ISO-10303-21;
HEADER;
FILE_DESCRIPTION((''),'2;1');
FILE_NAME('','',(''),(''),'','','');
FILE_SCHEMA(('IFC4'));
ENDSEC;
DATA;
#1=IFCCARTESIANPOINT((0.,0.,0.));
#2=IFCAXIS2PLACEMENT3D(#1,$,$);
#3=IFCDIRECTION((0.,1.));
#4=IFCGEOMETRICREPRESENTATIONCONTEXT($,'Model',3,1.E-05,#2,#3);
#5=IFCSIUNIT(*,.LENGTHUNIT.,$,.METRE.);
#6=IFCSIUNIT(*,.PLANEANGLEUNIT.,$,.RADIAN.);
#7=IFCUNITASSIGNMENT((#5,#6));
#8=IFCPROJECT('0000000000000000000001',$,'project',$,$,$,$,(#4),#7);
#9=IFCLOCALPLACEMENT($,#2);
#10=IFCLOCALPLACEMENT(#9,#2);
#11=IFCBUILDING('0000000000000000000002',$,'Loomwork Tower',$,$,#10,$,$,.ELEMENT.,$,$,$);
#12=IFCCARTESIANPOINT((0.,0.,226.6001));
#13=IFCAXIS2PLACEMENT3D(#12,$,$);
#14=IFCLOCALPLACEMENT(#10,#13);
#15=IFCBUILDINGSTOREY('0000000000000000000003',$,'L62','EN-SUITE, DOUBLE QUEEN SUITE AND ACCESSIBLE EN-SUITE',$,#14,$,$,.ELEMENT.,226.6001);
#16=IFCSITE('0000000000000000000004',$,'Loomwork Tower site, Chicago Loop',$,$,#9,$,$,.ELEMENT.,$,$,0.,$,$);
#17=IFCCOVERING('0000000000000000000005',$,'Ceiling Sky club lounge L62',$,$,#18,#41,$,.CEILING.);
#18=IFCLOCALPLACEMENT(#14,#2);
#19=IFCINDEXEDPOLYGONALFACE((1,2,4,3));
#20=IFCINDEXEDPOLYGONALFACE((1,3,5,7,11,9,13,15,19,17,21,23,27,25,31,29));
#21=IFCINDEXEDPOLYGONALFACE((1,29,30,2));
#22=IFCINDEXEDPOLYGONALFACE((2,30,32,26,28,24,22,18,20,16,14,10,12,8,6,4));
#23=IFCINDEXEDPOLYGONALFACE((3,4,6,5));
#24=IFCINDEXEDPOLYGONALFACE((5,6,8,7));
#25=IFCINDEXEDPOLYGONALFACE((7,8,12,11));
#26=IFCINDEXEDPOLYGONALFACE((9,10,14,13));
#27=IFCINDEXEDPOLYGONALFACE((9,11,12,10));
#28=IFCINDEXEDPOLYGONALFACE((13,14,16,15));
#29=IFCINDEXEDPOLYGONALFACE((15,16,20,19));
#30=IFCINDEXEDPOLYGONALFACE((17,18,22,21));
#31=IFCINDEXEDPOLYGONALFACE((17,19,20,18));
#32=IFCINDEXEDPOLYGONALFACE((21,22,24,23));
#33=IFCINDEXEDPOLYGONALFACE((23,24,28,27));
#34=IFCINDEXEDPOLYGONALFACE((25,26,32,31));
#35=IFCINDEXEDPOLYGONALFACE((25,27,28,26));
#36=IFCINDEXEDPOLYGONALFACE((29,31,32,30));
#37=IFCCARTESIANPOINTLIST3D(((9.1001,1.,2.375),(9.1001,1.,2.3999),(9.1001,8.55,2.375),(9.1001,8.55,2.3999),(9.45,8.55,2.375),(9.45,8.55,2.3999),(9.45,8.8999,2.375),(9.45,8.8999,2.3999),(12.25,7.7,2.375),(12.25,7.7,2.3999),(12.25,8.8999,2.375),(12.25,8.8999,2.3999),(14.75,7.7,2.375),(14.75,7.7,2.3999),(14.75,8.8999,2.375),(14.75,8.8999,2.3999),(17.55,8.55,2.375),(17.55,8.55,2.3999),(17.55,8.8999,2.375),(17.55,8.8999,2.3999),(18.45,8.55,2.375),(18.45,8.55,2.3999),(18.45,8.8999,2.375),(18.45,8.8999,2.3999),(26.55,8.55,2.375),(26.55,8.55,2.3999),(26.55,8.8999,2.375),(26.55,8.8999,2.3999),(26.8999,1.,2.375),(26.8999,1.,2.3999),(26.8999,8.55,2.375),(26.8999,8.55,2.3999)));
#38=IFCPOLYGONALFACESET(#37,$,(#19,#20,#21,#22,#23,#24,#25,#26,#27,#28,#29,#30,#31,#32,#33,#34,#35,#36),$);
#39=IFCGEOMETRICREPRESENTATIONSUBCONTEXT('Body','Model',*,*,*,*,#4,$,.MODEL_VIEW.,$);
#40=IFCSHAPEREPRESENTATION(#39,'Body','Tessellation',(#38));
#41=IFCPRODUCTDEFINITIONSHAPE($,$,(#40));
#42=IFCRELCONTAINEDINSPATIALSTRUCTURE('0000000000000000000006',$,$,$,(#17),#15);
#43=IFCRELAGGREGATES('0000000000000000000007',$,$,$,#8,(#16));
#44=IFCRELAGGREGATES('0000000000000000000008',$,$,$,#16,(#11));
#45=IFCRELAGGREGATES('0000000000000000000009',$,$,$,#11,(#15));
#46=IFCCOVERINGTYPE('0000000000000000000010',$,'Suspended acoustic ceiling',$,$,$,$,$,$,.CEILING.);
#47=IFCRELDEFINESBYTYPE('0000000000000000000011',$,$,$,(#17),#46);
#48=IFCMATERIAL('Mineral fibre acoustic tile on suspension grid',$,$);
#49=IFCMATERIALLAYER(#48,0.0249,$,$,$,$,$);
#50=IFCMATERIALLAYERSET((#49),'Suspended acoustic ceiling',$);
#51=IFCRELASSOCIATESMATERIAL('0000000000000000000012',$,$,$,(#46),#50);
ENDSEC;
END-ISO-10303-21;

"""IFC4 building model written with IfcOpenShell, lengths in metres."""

from ifc_helpers import new_model, si_unit, direction, frame, origin, place, context, subcontext, project, spatial, polyline, outline, extrude, material, layer, layer_set, type_object, element, save


model = new_model("IFC4")

# Units and contexts
model_context = context("Model", 3, precision=1e-05, world=origin(), true_north=direction((0.0, 1.0)))
body_context = subcontext(model_context, "Body", "Model", "MODEL_VIEW")
ifc_project = project(units=[si_unit("LENGTHUNIT", "METRE"), si_unit("PLANEANGLEUNIT", "RADIAN")], contexts=[model_context])

# Site, building, storey
site_placement = place(None, origin())
site = spatial("IfcSite", under=ifc_project, at=site_placement, Name="Loomwork Tower site, Chicago Loop", CompositionType="ELEMENT", RefElevation=0.0)
building_placement = place(site_placement, origin())
building = spatial("IfcBuilding", under=site, at=building_placement, Name="Loomwork Tower", CompositionType="ELEMENT")
storey_placement = place(building_placement, frame((0.0, 0.0, 226.6001)))
storey = spatial("IfcBuildingStorey", under=building, at=storey_placement, Name="L62", Description="EN-SUITE, DOUBLE QUEEN SUITE AND ACCESSIBLE EN-SUITE", CompositionType="ELEMENT", Elevation=226.6001)

# Covering
ifc_material_1 = material(Name="Mineral fibre acoustic tile on suspension grid")
ifc_layer_1 = layer(ifc_material_1, 0.0249)
ifc_layer_set_1 = layer_set([ifc_layer_1], Name="Suspended acoustic ceiling")
covering_type_1 = type_object("IfcCoveringType", Name="Suspended acoustic ceiling", PredefinedType="CEILING", material=ifc_layer_set_1)
covering_1_placement = place(storey_placement, frame((0.0, 0.0, 2.375)))
element("IfcCovering", 1, at=covering_1_placement, inside=storey, type_object=covering_type_1, Name="Ceiling Sky club lounge L62", PredefinedType="CEILING", context=body_context, shape_type="SweptSolid", body=[
    extrude(outline(polyline([(12.25, 7.7), (14.75, 7.7), (14.75, 8.8999), (17.55, 8.8999), (17.55, 8.55), (18.45, 8.55), (18.45, 8.8999), (26.55, 8.8999), (26.55, 8.55), (26.8999, 8.55), (26.8999, 1.0), (9.1001, 1.0), (9.1001, 8.55), (9.45, 8.55), (9.45, 8.8999), (12.25, 8.8999), (12.25, 7.7)])), origin(), (0.0, 0.0, 1.0), 0.0249),
])

save(model, "model.ifc")
